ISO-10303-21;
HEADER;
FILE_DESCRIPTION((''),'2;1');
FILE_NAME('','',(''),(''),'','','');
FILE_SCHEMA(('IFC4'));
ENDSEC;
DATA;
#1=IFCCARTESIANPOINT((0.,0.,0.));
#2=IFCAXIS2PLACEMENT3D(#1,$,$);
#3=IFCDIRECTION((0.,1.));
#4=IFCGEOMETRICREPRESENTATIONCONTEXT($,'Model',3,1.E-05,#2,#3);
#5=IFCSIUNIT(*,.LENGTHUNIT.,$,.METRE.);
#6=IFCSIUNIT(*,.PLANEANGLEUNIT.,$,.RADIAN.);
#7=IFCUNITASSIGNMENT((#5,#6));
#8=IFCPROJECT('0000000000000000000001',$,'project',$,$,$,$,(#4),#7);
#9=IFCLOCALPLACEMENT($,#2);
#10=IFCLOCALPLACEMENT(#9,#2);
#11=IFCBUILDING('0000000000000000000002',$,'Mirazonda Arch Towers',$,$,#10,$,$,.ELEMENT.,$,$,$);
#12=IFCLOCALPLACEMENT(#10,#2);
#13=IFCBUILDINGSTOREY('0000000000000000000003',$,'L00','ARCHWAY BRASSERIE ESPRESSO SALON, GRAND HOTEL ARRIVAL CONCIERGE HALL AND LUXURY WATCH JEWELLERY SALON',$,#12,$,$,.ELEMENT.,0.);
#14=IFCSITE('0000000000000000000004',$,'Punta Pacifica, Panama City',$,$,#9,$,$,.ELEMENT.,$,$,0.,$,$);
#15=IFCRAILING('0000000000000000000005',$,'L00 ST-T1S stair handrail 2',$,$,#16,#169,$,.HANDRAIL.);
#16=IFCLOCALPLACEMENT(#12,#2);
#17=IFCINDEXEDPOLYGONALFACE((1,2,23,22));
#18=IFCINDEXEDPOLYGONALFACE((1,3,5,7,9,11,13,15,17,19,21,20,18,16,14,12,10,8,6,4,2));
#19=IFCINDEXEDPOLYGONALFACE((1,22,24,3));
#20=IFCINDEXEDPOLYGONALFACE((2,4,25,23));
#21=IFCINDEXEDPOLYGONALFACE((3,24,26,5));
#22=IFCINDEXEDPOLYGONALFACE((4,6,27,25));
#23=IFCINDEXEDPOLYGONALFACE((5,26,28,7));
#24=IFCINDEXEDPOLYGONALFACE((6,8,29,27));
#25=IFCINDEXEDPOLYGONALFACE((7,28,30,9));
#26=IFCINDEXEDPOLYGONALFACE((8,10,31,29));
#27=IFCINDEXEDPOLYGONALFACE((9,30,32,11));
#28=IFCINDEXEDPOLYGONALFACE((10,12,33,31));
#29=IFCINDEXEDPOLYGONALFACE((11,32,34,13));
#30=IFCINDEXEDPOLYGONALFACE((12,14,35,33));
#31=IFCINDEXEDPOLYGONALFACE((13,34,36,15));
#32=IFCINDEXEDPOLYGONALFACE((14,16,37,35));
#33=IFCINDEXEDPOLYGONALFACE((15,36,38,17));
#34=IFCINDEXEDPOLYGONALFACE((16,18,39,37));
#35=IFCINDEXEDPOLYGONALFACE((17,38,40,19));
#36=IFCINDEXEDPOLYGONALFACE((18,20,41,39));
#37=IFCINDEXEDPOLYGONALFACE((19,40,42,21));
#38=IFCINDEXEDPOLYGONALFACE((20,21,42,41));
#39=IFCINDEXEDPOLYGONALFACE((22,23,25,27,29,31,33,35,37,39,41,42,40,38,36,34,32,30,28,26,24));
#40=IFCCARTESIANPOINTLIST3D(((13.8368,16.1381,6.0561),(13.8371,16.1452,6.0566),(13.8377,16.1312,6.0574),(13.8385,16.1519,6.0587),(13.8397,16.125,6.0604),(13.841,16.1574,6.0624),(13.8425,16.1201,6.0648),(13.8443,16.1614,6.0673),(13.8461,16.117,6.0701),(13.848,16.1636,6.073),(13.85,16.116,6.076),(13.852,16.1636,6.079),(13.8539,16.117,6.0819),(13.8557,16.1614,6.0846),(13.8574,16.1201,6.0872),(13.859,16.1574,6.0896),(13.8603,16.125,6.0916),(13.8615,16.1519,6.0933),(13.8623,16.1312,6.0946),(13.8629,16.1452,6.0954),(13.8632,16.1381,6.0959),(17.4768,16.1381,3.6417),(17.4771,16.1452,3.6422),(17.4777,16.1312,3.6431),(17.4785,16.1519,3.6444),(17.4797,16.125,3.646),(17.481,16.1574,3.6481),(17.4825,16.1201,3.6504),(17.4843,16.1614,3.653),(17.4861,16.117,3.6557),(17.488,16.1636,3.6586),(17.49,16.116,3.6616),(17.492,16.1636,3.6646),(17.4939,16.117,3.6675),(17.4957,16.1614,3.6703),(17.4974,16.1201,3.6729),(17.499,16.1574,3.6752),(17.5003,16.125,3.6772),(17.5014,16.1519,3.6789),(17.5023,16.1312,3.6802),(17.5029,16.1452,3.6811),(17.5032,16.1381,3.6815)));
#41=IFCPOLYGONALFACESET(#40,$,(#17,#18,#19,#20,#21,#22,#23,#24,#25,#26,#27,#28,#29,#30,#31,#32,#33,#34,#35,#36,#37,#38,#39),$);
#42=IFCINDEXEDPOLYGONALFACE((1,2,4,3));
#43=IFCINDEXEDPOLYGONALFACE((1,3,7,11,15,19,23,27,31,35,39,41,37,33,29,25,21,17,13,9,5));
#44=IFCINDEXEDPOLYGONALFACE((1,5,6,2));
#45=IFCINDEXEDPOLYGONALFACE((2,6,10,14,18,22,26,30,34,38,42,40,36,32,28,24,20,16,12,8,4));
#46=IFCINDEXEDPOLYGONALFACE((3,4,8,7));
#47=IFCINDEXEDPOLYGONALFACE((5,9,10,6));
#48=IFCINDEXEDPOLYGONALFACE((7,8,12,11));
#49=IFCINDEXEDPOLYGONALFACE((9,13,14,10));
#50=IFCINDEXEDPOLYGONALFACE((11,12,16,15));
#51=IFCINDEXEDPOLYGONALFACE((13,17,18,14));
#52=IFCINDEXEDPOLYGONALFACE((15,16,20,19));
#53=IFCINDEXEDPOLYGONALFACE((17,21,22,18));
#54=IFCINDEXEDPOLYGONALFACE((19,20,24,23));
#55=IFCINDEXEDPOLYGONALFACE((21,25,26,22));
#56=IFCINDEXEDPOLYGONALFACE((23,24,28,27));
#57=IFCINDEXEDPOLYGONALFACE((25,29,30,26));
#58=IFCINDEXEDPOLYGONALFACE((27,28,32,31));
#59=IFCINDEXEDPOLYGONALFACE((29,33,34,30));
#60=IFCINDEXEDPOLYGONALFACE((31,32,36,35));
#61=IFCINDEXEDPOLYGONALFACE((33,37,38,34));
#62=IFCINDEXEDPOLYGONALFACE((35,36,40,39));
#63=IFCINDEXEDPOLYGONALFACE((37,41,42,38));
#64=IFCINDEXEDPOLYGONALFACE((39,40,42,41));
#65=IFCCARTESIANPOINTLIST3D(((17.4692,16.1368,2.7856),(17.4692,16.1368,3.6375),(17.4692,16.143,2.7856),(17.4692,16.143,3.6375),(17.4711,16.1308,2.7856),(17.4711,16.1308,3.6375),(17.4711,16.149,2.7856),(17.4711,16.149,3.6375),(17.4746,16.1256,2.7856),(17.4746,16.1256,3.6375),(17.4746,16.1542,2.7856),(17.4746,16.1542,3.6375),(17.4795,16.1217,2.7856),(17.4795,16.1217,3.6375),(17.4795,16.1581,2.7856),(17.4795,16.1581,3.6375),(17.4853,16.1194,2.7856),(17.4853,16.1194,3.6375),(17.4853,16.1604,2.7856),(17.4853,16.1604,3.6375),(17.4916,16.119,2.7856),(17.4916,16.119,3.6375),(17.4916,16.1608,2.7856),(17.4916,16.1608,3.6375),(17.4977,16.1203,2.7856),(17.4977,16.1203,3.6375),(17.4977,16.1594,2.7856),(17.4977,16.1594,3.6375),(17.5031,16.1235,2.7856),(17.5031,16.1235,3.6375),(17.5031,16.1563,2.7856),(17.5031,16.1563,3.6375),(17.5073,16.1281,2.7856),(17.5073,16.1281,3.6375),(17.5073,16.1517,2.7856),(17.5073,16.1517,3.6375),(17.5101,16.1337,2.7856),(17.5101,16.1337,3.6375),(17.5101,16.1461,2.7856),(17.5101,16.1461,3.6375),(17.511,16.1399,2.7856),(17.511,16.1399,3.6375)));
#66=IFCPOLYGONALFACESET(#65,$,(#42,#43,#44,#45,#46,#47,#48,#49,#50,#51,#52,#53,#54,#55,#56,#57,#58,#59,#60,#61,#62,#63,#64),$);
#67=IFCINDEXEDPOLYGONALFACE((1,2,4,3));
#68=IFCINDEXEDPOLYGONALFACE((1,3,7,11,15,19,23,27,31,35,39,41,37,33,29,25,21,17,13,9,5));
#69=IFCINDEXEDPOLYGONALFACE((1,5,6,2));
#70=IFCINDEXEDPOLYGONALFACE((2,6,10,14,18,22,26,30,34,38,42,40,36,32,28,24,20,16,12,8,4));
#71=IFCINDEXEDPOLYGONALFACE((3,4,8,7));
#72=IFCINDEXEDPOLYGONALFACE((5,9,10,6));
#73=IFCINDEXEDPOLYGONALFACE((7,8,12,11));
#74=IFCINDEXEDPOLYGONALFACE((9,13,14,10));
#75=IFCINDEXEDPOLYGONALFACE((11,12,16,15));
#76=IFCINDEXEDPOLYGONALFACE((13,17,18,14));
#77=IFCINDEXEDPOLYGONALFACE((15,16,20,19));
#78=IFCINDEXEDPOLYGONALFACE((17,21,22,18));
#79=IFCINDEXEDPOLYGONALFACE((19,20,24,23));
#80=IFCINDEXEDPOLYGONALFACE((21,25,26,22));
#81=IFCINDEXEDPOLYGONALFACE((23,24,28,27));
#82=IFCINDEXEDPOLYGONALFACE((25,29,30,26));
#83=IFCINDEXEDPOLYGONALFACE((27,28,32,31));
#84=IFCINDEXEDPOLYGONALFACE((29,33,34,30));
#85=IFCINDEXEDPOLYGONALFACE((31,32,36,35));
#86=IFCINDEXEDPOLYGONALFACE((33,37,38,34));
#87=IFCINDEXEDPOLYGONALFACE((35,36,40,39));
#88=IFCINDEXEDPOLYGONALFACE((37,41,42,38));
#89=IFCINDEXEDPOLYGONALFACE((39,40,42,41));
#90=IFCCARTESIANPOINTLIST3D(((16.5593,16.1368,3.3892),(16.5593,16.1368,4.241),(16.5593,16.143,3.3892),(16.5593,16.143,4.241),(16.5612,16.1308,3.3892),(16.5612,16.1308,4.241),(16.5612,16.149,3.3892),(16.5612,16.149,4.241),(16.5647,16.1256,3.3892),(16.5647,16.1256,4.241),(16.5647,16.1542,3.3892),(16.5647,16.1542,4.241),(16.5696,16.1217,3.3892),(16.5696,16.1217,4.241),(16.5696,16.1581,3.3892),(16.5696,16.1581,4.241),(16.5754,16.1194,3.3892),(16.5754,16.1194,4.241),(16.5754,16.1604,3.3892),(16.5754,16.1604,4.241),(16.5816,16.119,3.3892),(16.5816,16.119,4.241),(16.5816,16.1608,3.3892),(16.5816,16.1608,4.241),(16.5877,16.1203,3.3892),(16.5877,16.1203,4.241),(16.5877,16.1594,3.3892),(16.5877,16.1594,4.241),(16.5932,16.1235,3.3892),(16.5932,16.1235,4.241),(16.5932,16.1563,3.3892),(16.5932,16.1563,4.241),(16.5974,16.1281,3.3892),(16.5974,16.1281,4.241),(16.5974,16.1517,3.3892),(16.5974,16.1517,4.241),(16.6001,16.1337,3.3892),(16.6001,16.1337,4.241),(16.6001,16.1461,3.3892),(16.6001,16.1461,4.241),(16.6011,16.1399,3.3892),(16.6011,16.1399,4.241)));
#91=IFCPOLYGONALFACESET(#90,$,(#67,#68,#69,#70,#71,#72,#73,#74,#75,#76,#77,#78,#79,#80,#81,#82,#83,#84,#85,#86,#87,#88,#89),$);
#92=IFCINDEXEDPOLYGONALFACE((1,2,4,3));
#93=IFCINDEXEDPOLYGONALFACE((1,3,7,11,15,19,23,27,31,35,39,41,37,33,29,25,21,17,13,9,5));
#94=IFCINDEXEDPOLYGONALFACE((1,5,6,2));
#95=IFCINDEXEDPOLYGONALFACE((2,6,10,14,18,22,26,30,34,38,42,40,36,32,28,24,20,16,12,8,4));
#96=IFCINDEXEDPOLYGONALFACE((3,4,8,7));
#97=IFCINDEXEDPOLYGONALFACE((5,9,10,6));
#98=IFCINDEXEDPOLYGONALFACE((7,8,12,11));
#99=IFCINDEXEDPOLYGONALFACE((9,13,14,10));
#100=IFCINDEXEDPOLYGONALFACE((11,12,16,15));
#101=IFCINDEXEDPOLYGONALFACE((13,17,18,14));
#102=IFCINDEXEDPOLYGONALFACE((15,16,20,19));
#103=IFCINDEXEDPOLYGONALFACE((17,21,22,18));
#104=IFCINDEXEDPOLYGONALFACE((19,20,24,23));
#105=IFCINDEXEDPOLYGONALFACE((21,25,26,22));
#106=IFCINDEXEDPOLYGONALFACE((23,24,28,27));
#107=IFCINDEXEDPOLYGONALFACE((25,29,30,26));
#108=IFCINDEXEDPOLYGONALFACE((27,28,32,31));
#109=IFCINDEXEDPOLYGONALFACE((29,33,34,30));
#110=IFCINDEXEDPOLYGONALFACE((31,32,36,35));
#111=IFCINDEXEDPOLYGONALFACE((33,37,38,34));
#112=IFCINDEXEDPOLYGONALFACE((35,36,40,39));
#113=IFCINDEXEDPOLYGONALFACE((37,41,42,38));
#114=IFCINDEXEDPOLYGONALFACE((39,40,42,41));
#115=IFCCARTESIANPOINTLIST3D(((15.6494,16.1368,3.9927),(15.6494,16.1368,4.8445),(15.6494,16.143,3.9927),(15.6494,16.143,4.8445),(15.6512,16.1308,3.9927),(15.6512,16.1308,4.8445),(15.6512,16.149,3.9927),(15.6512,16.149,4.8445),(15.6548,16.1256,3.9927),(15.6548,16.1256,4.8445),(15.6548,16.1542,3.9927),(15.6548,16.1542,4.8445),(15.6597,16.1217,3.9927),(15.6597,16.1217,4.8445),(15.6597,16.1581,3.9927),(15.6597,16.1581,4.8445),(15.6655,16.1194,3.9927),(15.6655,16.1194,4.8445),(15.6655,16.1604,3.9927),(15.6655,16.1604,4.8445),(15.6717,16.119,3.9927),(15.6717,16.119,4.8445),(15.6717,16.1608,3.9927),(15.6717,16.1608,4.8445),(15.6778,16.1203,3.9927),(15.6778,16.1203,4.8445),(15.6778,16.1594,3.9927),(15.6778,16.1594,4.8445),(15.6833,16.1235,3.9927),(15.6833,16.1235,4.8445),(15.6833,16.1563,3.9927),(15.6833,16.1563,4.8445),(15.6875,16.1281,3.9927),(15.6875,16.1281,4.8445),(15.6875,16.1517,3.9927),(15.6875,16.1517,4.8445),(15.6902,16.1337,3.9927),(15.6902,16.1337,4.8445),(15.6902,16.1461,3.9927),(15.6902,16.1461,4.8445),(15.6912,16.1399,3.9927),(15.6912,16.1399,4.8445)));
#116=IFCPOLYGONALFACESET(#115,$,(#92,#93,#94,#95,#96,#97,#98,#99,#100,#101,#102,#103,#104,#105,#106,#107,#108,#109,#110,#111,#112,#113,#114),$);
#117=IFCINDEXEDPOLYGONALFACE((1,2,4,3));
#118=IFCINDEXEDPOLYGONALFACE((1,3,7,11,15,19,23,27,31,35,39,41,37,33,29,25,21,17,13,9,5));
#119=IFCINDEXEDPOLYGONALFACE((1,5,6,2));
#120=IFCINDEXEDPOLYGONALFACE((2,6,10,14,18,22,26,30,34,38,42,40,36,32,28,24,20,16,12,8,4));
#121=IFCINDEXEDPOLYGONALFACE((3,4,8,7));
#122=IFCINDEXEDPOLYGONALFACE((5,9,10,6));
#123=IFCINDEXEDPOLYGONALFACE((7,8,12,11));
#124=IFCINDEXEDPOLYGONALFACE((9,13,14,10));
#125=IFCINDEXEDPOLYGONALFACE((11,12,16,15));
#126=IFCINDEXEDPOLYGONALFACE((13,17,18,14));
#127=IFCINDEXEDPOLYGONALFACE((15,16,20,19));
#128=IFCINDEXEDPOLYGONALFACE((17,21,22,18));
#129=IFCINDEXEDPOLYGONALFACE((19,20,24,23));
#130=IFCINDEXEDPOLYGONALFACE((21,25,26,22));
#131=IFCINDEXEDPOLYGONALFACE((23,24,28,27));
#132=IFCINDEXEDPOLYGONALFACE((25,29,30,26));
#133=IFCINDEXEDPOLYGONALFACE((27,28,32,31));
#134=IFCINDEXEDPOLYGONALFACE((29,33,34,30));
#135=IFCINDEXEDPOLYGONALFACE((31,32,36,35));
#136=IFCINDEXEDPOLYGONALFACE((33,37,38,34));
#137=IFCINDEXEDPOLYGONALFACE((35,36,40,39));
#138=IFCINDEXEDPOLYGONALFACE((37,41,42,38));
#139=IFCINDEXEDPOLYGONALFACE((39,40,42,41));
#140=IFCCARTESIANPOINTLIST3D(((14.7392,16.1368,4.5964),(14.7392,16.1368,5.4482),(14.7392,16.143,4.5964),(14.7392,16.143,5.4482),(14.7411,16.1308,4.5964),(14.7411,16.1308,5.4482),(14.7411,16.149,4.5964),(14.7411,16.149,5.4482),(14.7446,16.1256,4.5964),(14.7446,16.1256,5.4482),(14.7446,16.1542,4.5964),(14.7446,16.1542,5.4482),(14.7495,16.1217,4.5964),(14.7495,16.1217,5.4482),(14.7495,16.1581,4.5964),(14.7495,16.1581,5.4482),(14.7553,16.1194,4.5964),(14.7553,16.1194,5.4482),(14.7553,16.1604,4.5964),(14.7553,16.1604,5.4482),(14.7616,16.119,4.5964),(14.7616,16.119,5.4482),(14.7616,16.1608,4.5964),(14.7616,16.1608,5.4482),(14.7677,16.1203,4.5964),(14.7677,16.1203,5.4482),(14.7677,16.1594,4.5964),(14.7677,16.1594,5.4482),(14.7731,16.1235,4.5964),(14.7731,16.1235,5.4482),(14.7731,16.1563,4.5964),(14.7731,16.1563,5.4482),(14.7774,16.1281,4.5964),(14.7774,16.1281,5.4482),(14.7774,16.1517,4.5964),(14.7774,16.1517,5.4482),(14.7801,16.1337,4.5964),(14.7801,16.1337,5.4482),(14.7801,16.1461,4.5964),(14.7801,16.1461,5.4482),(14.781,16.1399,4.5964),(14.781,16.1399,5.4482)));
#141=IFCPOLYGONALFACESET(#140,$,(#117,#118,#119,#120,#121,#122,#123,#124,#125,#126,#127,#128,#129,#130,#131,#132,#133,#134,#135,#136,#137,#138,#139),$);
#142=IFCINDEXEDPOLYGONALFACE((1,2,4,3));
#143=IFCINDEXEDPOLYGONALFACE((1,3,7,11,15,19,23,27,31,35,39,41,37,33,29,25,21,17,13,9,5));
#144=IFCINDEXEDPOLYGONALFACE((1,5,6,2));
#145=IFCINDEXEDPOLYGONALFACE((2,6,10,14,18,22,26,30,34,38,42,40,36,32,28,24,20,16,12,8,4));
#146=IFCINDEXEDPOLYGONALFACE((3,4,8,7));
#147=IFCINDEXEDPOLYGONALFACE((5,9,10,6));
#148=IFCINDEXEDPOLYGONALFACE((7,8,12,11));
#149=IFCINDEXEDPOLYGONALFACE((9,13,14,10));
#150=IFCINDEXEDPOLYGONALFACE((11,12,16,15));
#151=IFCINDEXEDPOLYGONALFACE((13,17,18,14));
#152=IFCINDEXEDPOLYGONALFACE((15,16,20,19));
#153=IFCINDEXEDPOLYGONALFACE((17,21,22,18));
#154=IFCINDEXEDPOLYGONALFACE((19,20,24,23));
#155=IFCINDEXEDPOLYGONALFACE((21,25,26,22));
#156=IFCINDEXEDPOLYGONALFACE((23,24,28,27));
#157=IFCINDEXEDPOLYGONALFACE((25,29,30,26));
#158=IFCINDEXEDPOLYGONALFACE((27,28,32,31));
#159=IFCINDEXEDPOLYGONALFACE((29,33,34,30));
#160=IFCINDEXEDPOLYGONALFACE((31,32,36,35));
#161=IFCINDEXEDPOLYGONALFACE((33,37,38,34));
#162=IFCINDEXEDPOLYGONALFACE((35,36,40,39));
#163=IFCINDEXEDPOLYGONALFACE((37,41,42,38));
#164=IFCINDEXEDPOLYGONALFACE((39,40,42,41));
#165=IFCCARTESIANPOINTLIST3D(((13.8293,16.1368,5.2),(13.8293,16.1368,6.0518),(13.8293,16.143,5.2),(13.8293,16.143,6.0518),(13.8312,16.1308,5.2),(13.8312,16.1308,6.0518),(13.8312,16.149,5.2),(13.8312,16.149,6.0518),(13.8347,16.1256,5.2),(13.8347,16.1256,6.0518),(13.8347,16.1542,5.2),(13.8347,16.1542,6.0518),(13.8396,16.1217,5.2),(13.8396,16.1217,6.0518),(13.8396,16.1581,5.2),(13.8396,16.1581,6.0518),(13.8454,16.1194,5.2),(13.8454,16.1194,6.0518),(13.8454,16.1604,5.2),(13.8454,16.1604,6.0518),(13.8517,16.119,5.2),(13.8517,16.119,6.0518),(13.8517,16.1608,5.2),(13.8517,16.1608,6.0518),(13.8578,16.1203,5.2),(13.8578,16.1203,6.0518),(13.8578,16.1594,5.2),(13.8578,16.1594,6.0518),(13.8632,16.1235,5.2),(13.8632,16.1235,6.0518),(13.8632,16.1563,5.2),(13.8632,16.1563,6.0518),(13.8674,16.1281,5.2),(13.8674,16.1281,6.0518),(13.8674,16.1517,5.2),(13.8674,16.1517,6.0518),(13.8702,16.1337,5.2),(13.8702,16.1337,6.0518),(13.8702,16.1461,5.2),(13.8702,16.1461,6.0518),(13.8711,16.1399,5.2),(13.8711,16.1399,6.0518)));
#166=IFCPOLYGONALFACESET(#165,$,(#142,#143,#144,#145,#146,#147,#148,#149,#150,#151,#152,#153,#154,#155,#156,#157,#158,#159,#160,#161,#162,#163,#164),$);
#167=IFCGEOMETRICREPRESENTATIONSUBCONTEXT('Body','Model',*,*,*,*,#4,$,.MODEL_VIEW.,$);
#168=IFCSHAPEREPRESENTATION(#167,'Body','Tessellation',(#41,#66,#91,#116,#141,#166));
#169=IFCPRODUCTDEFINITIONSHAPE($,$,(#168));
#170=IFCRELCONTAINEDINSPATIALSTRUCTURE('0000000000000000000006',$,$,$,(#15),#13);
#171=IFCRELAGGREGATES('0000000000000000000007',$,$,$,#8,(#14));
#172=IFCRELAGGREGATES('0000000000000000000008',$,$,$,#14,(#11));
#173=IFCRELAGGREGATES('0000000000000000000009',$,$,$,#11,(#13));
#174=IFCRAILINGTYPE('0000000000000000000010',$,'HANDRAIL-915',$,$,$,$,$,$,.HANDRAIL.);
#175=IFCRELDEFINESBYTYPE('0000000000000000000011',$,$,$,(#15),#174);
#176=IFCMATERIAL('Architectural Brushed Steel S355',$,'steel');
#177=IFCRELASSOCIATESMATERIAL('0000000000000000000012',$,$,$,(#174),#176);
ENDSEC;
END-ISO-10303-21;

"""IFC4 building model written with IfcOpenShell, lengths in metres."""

from ifc_helpers import new_model, si_unit, direction, frame, origin, origin_2d, place, context, subcontext, project, spatial, circle, extrude, material, type_object, element, save


model = new_model("IFC4")

# Units and contexts
model_context = context("Model", 3, precision=1e-05, world=origin(), true_north=direction((0.0, 1.0)))
body_context = subcontext(model_context, "Body", "Model", "MODEL_VIEW")
ifc_project = project(units=[si_unit("LENGTHUNIT", "METRE"), si_unit("PLANEANGLEUNIT", "RADIAN")], contexts=[model_context])

# Site, building, storey
site_placement = place(None, origin())
site = spatial("IfcSite", under=ifc_project, at=site_placement, Name="Punta Pacifica, Panama City", CompositionType="ELEMENT", RefElevation=0.0)
building_placement = place(site_placement, origin())
building = spatial("IfcBuilding", under=site, at=building_placement, Name="Mirazonda Arch Towers", CompositionType="ELEMENT")
storey_placement = place(building_placement, origin())
storey = spatial("IfcBuildingStorey", under=building, at=storey_placement, Name="L00", Description="ARCHWAY BRASSERIE ESPRESSO SALON, GRAND HOTEL ARRIVAL CONCIERGE HALL AND LUXURY WATCH JEWELLERY SALON", CompositionType="ELEMENT", Elevation=0.0)

# Railing
ifc_material_1 = material(Name="Architectural Brushed Steel S355", Category="steel")
railing_type_1 = type_object("IfcRailingType", Name="HANDRAIL-915", PredefinedType="HANDRAIL", material=ifc_material_1)
railing_1_placement = place(storey_placement, frame((17.49, 16.1399, 2.7856)))
element("IfcRailing", 1, at=railing_1_placement, inside=storey, type_object=railing_type_1, Name="L00 ST-T1S stair handrail 2", PredefinedType="HANDRAIL", context=body_context, shape_type="SweptSolid", body=[
    extrude(circle(Radius=0.0239, at=origin_2d()), frame((0.0, 0.0, 0.876), z_axis=(-0.833347, 0.0, 0.552751), x_axis=(0.0, -1.0, 0.0)), (0.0, 0.0, 1.0), 4.3679),
    extrude(circle(Radius=0.021, at=origin_2d()), origin(), (0.0, 0.0, 1.0), 0.8518),
    extrude(circle(Radius=0.021, at=origin_2d()), frame((-0.9099, 0.0, 0.6035)), (0.0, 0.0, 1.0), 0.8518),
    extrude(circle(Radius=0.021, at=origin_2d()), frame((-1.8198, 0.0, 1.207)), (0.0, 0.0, 1.0), 0.8518),
    extrude(circle(Radius=0.021, at=origin_2d()), frame((-2.73, 0.0, 1.8108)), (0.0, 0.0, 1.0), 0.8518),
    extrude(circle(Radius=0.021, at=origin_2d()), frame((-3.6399, 0.0, 2.4143)), (0.0, 0.0, 1.0), 0.8518),
])

save(model, "model.ifc")
